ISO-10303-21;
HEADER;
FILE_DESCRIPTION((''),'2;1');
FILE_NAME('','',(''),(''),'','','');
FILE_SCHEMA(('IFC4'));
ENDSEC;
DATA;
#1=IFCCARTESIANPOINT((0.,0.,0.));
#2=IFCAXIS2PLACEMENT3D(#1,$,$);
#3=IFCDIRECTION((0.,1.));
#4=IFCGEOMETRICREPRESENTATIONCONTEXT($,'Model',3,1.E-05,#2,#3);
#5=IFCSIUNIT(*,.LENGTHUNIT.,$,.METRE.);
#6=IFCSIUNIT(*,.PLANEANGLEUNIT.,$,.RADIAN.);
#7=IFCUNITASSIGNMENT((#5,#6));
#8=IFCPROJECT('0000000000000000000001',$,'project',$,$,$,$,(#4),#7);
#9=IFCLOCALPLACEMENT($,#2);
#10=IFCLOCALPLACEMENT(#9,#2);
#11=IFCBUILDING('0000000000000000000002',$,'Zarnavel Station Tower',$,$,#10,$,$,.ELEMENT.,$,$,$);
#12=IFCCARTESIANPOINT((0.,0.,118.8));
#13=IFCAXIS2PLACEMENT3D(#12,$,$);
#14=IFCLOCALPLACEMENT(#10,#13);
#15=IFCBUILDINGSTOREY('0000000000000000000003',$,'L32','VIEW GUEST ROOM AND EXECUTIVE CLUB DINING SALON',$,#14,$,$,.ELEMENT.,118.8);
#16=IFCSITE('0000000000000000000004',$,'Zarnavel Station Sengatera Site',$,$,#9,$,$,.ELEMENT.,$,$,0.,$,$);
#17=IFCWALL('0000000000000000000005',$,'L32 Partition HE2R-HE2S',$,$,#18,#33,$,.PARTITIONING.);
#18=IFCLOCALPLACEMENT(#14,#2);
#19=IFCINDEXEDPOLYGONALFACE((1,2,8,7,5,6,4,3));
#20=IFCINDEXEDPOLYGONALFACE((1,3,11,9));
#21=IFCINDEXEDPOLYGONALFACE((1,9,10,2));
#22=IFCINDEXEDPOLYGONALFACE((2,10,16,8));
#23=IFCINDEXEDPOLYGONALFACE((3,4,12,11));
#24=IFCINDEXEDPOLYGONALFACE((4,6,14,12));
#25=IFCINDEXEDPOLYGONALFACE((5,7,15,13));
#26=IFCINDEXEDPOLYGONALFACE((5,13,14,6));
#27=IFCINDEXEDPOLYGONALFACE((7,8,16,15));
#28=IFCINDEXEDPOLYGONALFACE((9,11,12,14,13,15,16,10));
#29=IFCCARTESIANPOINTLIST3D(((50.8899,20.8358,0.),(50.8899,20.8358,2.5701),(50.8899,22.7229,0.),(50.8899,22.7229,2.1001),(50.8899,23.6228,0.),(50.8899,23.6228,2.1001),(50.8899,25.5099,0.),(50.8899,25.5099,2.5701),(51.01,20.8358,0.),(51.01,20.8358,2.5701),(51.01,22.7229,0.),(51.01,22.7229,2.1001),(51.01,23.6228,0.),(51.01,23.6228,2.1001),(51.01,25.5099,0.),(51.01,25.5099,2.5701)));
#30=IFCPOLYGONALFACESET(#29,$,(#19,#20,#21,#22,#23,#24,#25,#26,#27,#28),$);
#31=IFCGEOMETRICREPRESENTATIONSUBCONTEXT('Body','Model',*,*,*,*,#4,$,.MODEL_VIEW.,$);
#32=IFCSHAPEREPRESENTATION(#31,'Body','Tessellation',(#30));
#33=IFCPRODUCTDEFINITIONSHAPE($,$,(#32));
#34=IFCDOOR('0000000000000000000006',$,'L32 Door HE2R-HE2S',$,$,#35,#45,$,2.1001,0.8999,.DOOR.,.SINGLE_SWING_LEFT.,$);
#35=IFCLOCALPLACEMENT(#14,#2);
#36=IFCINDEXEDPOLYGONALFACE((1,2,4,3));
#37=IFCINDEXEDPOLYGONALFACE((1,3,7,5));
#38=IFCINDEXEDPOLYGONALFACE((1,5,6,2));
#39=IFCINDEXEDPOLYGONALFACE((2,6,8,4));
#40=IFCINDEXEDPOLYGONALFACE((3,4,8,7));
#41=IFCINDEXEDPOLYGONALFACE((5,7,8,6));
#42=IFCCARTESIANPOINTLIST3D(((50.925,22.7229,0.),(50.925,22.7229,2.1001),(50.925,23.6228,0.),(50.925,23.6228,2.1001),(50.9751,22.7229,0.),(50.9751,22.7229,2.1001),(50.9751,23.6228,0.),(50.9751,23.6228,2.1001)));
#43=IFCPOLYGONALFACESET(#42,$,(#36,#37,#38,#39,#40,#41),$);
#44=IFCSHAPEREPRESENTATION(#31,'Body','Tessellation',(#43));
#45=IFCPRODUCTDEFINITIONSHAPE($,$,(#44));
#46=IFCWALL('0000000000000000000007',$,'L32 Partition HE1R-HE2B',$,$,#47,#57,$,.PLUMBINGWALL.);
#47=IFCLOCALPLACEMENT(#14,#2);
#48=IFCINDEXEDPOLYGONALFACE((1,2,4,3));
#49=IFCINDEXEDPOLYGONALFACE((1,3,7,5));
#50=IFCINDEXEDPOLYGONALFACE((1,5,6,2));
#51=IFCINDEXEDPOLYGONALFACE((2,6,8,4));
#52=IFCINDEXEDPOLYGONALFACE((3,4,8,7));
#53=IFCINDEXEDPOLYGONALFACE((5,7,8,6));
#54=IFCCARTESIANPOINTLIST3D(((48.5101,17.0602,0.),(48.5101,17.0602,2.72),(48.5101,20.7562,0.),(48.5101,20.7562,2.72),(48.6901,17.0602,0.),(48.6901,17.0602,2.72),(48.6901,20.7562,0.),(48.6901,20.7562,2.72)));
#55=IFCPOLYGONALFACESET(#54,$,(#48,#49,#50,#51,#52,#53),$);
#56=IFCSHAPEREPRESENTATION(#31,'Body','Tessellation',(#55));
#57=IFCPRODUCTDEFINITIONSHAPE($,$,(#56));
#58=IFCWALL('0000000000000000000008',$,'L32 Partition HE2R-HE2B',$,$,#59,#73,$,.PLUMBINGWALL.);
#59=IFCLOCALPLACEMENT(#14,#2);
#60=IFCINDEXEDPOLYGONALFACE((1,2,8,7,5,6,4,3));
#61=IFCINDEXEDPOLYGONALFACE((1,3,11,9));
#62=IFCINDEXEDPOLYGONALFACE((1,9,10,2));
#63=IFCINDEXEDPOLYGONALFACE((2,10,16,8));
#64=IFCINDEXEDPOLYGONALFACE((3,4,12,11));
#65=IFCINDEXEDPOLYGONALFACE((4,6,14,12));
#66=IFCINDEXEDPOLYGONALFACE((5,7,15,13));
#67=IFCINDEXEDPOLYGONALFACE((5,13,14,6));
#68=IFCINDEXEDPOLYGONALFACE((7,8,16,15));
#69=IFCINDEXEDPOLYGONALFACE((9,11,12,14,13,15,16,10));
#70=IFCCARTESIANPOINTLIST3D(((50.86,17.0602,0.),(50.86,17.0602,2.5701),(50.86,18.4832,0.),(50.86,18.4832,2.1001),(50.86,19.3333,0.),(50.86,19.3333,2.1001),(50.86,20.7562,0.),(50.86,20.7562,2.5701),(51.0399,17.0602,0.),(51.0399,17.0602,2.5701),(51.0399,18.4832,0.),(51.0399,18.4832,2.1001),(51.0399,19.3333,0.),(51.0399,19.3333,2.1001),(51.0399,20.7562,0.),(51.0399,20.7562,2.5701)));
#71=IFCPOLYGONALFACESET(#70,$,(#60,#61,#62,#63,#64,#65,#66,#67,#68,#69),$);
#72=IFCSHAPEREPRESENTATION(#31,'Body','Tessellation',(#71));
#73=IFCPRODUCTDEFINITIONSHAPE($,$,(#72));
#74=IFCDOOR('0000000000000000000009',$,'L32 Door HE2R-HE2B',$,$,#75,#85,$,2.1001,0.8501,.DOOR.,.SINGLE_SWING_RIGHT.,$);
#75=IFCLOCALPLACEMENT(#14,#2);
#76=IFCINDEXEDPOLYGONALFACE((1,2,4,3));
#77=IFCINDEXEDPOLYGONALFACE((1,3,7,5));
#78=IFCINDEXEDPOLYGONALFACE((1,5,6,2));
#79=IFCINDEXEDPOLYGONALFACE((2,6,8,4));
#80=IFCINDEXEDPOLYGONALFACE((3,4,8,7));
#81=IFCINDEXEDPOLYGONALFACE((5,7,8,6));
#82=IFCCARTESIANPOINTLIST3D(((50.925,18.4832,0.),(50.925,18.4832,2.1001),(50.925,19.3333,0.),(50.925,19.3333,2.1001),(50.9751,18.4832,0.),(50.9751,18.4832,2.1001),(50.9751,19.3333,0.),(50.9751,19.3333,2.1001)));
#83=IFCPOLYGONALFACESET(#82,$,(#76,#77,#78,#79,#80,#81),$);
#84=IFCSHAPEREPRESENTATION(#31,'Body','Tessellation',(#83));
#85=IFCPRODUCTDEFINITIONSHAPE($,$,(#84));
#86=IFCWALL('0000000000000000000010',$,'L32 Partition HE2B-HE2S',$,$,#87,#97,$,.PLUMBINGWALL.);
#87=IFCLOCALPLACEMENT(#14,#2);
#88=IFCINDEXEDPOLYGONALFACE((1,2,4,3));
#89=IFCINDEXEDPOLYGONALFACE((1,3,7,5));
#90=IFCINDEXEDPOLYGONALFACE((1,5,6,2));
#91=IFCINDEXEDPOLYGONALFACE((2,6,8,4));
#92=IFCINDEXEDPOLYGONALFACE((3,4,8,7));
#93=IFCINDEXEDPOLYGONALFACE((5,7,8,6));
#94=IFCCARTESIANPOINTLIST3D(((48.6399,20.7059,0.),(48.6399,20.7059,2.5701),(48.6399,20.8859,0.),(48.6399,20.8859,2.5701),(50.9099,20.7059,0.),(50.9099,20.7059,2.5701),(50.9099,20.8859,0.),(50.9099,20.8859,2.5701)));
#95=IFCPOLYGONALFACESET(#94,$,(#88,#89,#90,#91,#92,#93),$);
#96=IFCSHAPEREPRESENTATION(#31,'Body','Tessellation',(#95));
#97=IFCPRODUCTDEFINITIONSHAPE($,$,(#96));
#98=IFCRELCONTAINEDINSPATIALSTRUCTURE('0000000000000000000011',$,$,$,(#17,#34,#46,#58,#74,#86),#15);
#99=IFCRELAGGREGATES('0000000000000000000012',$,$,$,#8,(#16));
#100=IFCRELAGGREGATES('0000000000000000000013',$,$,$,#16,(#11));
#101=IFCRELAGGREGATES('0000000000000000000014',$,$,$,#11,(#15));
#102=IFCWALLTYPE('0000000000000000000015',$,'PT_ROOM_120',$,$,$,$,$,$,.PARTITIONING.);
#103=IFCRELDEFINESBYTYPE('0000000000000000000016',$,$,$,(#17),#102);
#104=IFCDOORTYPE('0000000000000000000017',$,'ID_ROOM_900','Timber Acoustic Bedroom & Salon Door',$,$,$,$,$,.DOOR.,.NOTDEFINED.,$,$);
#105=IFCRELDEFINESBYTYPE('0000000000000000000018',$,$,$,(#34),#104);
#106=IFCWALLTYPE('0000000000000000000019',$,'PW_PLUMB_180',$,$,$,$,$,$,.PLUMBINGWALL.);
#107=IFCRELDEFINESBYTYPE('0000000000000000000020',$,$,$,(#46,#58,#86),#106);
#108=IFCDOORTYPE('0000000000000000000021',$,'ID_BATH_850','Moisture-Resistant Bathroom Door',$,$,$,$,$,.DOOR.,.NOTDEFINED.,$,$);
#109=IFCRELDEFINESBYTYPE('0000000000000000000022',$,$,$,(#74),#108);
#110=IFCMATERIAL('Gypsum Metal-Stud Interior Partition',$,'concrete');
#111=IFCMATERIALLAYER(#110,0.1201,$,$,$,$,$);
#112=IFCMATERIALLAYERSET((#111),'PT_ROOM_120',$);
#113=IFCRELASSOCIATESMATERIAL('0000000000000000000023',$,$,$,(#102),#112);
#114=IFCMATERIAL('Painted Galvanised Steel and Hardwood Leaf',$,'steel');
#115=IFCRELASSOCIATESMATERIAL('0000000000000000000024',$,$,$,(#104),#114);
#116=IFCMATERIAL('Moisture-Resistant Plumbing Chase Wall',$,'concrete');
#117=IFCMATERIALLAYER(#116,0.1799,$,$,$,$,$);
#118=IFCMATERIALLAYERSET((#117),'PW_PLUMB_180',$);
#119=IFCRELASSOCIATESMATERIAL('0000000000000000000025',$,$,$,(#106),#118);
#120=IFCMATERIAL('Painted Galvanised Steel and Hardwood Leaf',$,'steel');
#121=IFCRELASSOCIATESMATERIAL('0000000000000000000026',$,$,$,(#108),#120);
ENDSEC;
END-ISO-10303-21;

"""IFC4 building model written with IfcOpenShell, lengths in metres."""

from ifc_helpers import new_model, si_unit, direction, frame, frame_2d, origin, place, context, subcontext, project, spatial, rectangle, extrude, material, layer, layer_set, type_object, element, fill, save


model = new_model("IFC4")

# Units and contexts
model_context = context("Model", 3, precision=1e-05, world=origin(), true_north=direction((0.0, 1.0)))
body_context = subcontext(model_context, "Body", "Model", "MODEL_VIEW")
ifc_project = project(units=[si_unit("LENGTHUNIT", "METRE"), si_unit("PLANEANGLEUNIT", "RADIAN")], contexts=[model_context])

# Site, building, storey
site_placement = place(None, origin())
site = spatial("IfcSite", under=ifc_project, at=site_placement, Name="Zarnavel Station Sengatera Site", CompositionType="ELEMENT", RefElevation=0.0)
building_placement = place(site_placement, origin())
building = spatial("IfcBuilding", under=site, at=building_placement, Name="Zarnavel Station Tower", CompositionType="ELEMENT")
storey_placement = place(building_placement, frame((0.0, 0.0, 118.8)))
storey = spatial("IfcBuildingStorey", under=building, at=storey_placement, Name="L32", Description="VIEW GUEST ROOM AND EXECUTIVE CLUB DINING SALON", CompositionType="ELEMENT", Elevation=118.8)

# Wall, opening, door
ifc_material_1 = material(Name="Gypsum Metal-Stud Interior Partition", Category="concrete")
ifc_layer_1 = layer(ifc_material_1, 0.1201)
ifc_layer_set_1 = layer_set([ifc_layer_1], Name="PT_ROOM_120")
wall_type_1 = type_object("IfcWallType", Name="PT_ROOM_120", PredefinedType="PARTITIONING", material=ifc_layer_set_1)
wall_1_placement = place(storey_placement, frame((50.95, 20.8359, 0.0), z_axis=(0.0, 0.0, 1.0), x_axis=(0.0, 1.0, 0.0)))
wall_1 = element("IfcWall", 1, at=wall_1_placement, inside=storey, type_object=wall_type_1, Name="L32 Partition HE2R-HE2S", PredefinedType="PARTITIONING", context=body_context, shape_type="SweptSolid", body=[
    extrude(rectangle(XDim=4.6741, YDim=0.1201, at=frame_2d((2.3369, 0.0))), origin(), (0.0, 0.0, 1.0), 2.5701),
])
opening_1_placement = place(wall_1_placement, frame((1.887, 0.0, 0.0)))
opening_1 = element("IfcOpeningElement", 2, at=opening_1_placement, cuts=wall_1, PredefinedType="OPENING", context=body_context, shape_type="SweptSolid", body=[
    extrude(rectangle(XDim=0.8999, YDim=2.1001, at=frame_2d((0.45, 1.05))), frame((0.0, 0.0701, 0.0), z_axis=(0.0, -1.0, 0.0), x_axis=(1.0, 0.0, 0.0)), (0.0, 0.0, 1.0), 0.1401),
])
ifc_material_2 = material(Name="Painted Galvanised Steel and Hardwood Leaf", Category="steel")
door_type_1 = type_object("IfcDoorType", Name="ID_ROOM_900", Description="Timber Acoustic Bedroom & Salon Door", OperationType="NOTDEFINED", PredefinedType="DOOR", material=ifc_material_2)
door_1_placement = place(opening_1_placement, origin())
door_1 = element("IfcDoor", 3, at=door_1_placement, inside=storey, type_object=door_type_1, Name="L32 Door HE2R-HE2S", OperationType="SINGLE_SWING_LEFT", OverallHeight=2.1001, OverallWidth=0.8999, PredefinedType="DOOR", context=body_context, shape_type="SweptSolid", body=[
    extrude(rectangle(XDim=0.8999, YDim=2.1001, at=frame_2d((0.45, 1.05))), frame((0.0, 0.0249, 0.0), z_axis=(0.0, -1.0, 0.0), x_axis=(1.0, 0.0, 0.0)), (0.0, 0.0, 1.0), 0.05),
])
fill(opening_1, door_1)

# Wall
ifc_material_3 = material(Name="Moisture-Resistant Plumbing Chase Wall", Category="concrete")
ifc_layer_2 = layer(ifc_material_3, 0.1799)
ifc_layer_set_2 = layer_set([ifc_layer_2], Name="PW_PLUMB_180")
wall_type_2 = type_object("IfcWallType", Name="PW_PLUMB_180", PredefinedType="PLUMBINGWALL", material=ifc_layer_set_2)
wall_2_placement = place(storey_placement, frame((48.6001, 17.0601, 0.0), z_axis=(0.0, 0.0, 1.0), x_axis=(0.0, 1.0, 0.0)))
element("IfcWall", 4, at=wall_2_placement, inside=storey, type_object=wall_type_2, Name="L32 Partition HE1R-HE2B", PredefinedType="PLUMBINGWALL", context=body_context, shape_type="SweptSolid", body=[
    extrude(rectangle(XDim=3.696, YDim=0.1799, at=frame_2d((1.8481, 0.0))), origin(), (0.0, 0.0, 1.0), 2.72),
])

# Wall, opening, door
wall_3_placement = place(storey_placement, frame((50.95, 17.0601, 0.0), z_axis=(0.0, 0.0, 1.0), x_axis=(0.0, 1.0, 0.0)))
wall_3 = element("IfcWall", 5, at=wall_3_placement, inside=storey, type_object=wall_type_2, Name="L32 Partition HE2R-HE2B", PredefinedType="PLUMBINGWALL", context=body_context, shape_type="SweptSolid", body=[
    extrude(rectangle(XDim=3.696, YDim=0.1799, at=frame_2d((1.8481, 0.0))), origin(), (0.0, 0.0, 1.0), 2.5701),
])
opening_2_placement = place(wall_3_placement, frame((1.4231, 0.0, 0.0)))
opening_2 = element("IfcOpeningElement", 6, at=opening_2_placement, cuts=wall_3, PredefinedType="OPENING", context=body_context, shape_type="SweptSolid", body=[
    extrude(rectangle(XDim=0.8501, YDim=2.1001, at=frame_2d((0.425, 1.05))), frame((0.0, 0.0999, 0.0), z_axis=(0.0, -1.0, 0.0), x_axis=(1.0, 0.0, 0.0)), (0.0, 0.0, 1.0), 0.2),
])
ifc_material_4 = material(Name="Painted Galvanised Steel and Hardwood Leaf", Category="steel")
door_type_2 = type_object("IfcDoorType", Name="ID_BATH_850", Description="Moisture-Resistant Bathroom Door", OperationType="NOTDEFINED", PredefinedType="DOOR", material=ifc_material_4)
door_2_placement = place(opening_2_placement, origin())
door_2 = element("IfcDoor", 7, at=door_2_placement, inside=storey, type_object=door_type_2, Name="L32 Door HE2R-HE2B", OperationType="SINGLE_SWING_RIGHT", OverallHeight=2.1001, OverallWidth=0.8501, PredefinedType="DOOR", context=body_context, shape_type="SweptSolid", body=[
    extrude(rectangle(XDim=0.8501, YDim=2.1001, at=frame_2d((0.425, 1.05))), frame((0.0, 0.0249, 0.0), z_axis=(0.0, -1.0, 0.0), x_axis=(1.0, 0.0, 0.0)), (0.0, 0.0, 1.0), 0.05),
])
fill(opening_2, door_2)

# Wall
wall_4_placement = place(storey_placement, frame((48.6399, 20.7959, 0.0), z_axis=(0.0, 0.0, 1.0), x_axis=(1.0, 0.0, 0.0)))
element("IfcWall", 8, at=wall_4_placement, inside=storey, type_object=wall_type_2, Name="L32 Partition HE2B-HE2S", PredefinedType="PLUMBINGWALL", context=body_context, shape_type="SweptSolid", body=[
    extrude(rectangle(XDim=2.27, YDim=0.1799, at=frame_2d((1.135, 0.0))), origin(), (0.0, 0.0, 1.0), 2.5701),
])

save(model, "model.ifc")
